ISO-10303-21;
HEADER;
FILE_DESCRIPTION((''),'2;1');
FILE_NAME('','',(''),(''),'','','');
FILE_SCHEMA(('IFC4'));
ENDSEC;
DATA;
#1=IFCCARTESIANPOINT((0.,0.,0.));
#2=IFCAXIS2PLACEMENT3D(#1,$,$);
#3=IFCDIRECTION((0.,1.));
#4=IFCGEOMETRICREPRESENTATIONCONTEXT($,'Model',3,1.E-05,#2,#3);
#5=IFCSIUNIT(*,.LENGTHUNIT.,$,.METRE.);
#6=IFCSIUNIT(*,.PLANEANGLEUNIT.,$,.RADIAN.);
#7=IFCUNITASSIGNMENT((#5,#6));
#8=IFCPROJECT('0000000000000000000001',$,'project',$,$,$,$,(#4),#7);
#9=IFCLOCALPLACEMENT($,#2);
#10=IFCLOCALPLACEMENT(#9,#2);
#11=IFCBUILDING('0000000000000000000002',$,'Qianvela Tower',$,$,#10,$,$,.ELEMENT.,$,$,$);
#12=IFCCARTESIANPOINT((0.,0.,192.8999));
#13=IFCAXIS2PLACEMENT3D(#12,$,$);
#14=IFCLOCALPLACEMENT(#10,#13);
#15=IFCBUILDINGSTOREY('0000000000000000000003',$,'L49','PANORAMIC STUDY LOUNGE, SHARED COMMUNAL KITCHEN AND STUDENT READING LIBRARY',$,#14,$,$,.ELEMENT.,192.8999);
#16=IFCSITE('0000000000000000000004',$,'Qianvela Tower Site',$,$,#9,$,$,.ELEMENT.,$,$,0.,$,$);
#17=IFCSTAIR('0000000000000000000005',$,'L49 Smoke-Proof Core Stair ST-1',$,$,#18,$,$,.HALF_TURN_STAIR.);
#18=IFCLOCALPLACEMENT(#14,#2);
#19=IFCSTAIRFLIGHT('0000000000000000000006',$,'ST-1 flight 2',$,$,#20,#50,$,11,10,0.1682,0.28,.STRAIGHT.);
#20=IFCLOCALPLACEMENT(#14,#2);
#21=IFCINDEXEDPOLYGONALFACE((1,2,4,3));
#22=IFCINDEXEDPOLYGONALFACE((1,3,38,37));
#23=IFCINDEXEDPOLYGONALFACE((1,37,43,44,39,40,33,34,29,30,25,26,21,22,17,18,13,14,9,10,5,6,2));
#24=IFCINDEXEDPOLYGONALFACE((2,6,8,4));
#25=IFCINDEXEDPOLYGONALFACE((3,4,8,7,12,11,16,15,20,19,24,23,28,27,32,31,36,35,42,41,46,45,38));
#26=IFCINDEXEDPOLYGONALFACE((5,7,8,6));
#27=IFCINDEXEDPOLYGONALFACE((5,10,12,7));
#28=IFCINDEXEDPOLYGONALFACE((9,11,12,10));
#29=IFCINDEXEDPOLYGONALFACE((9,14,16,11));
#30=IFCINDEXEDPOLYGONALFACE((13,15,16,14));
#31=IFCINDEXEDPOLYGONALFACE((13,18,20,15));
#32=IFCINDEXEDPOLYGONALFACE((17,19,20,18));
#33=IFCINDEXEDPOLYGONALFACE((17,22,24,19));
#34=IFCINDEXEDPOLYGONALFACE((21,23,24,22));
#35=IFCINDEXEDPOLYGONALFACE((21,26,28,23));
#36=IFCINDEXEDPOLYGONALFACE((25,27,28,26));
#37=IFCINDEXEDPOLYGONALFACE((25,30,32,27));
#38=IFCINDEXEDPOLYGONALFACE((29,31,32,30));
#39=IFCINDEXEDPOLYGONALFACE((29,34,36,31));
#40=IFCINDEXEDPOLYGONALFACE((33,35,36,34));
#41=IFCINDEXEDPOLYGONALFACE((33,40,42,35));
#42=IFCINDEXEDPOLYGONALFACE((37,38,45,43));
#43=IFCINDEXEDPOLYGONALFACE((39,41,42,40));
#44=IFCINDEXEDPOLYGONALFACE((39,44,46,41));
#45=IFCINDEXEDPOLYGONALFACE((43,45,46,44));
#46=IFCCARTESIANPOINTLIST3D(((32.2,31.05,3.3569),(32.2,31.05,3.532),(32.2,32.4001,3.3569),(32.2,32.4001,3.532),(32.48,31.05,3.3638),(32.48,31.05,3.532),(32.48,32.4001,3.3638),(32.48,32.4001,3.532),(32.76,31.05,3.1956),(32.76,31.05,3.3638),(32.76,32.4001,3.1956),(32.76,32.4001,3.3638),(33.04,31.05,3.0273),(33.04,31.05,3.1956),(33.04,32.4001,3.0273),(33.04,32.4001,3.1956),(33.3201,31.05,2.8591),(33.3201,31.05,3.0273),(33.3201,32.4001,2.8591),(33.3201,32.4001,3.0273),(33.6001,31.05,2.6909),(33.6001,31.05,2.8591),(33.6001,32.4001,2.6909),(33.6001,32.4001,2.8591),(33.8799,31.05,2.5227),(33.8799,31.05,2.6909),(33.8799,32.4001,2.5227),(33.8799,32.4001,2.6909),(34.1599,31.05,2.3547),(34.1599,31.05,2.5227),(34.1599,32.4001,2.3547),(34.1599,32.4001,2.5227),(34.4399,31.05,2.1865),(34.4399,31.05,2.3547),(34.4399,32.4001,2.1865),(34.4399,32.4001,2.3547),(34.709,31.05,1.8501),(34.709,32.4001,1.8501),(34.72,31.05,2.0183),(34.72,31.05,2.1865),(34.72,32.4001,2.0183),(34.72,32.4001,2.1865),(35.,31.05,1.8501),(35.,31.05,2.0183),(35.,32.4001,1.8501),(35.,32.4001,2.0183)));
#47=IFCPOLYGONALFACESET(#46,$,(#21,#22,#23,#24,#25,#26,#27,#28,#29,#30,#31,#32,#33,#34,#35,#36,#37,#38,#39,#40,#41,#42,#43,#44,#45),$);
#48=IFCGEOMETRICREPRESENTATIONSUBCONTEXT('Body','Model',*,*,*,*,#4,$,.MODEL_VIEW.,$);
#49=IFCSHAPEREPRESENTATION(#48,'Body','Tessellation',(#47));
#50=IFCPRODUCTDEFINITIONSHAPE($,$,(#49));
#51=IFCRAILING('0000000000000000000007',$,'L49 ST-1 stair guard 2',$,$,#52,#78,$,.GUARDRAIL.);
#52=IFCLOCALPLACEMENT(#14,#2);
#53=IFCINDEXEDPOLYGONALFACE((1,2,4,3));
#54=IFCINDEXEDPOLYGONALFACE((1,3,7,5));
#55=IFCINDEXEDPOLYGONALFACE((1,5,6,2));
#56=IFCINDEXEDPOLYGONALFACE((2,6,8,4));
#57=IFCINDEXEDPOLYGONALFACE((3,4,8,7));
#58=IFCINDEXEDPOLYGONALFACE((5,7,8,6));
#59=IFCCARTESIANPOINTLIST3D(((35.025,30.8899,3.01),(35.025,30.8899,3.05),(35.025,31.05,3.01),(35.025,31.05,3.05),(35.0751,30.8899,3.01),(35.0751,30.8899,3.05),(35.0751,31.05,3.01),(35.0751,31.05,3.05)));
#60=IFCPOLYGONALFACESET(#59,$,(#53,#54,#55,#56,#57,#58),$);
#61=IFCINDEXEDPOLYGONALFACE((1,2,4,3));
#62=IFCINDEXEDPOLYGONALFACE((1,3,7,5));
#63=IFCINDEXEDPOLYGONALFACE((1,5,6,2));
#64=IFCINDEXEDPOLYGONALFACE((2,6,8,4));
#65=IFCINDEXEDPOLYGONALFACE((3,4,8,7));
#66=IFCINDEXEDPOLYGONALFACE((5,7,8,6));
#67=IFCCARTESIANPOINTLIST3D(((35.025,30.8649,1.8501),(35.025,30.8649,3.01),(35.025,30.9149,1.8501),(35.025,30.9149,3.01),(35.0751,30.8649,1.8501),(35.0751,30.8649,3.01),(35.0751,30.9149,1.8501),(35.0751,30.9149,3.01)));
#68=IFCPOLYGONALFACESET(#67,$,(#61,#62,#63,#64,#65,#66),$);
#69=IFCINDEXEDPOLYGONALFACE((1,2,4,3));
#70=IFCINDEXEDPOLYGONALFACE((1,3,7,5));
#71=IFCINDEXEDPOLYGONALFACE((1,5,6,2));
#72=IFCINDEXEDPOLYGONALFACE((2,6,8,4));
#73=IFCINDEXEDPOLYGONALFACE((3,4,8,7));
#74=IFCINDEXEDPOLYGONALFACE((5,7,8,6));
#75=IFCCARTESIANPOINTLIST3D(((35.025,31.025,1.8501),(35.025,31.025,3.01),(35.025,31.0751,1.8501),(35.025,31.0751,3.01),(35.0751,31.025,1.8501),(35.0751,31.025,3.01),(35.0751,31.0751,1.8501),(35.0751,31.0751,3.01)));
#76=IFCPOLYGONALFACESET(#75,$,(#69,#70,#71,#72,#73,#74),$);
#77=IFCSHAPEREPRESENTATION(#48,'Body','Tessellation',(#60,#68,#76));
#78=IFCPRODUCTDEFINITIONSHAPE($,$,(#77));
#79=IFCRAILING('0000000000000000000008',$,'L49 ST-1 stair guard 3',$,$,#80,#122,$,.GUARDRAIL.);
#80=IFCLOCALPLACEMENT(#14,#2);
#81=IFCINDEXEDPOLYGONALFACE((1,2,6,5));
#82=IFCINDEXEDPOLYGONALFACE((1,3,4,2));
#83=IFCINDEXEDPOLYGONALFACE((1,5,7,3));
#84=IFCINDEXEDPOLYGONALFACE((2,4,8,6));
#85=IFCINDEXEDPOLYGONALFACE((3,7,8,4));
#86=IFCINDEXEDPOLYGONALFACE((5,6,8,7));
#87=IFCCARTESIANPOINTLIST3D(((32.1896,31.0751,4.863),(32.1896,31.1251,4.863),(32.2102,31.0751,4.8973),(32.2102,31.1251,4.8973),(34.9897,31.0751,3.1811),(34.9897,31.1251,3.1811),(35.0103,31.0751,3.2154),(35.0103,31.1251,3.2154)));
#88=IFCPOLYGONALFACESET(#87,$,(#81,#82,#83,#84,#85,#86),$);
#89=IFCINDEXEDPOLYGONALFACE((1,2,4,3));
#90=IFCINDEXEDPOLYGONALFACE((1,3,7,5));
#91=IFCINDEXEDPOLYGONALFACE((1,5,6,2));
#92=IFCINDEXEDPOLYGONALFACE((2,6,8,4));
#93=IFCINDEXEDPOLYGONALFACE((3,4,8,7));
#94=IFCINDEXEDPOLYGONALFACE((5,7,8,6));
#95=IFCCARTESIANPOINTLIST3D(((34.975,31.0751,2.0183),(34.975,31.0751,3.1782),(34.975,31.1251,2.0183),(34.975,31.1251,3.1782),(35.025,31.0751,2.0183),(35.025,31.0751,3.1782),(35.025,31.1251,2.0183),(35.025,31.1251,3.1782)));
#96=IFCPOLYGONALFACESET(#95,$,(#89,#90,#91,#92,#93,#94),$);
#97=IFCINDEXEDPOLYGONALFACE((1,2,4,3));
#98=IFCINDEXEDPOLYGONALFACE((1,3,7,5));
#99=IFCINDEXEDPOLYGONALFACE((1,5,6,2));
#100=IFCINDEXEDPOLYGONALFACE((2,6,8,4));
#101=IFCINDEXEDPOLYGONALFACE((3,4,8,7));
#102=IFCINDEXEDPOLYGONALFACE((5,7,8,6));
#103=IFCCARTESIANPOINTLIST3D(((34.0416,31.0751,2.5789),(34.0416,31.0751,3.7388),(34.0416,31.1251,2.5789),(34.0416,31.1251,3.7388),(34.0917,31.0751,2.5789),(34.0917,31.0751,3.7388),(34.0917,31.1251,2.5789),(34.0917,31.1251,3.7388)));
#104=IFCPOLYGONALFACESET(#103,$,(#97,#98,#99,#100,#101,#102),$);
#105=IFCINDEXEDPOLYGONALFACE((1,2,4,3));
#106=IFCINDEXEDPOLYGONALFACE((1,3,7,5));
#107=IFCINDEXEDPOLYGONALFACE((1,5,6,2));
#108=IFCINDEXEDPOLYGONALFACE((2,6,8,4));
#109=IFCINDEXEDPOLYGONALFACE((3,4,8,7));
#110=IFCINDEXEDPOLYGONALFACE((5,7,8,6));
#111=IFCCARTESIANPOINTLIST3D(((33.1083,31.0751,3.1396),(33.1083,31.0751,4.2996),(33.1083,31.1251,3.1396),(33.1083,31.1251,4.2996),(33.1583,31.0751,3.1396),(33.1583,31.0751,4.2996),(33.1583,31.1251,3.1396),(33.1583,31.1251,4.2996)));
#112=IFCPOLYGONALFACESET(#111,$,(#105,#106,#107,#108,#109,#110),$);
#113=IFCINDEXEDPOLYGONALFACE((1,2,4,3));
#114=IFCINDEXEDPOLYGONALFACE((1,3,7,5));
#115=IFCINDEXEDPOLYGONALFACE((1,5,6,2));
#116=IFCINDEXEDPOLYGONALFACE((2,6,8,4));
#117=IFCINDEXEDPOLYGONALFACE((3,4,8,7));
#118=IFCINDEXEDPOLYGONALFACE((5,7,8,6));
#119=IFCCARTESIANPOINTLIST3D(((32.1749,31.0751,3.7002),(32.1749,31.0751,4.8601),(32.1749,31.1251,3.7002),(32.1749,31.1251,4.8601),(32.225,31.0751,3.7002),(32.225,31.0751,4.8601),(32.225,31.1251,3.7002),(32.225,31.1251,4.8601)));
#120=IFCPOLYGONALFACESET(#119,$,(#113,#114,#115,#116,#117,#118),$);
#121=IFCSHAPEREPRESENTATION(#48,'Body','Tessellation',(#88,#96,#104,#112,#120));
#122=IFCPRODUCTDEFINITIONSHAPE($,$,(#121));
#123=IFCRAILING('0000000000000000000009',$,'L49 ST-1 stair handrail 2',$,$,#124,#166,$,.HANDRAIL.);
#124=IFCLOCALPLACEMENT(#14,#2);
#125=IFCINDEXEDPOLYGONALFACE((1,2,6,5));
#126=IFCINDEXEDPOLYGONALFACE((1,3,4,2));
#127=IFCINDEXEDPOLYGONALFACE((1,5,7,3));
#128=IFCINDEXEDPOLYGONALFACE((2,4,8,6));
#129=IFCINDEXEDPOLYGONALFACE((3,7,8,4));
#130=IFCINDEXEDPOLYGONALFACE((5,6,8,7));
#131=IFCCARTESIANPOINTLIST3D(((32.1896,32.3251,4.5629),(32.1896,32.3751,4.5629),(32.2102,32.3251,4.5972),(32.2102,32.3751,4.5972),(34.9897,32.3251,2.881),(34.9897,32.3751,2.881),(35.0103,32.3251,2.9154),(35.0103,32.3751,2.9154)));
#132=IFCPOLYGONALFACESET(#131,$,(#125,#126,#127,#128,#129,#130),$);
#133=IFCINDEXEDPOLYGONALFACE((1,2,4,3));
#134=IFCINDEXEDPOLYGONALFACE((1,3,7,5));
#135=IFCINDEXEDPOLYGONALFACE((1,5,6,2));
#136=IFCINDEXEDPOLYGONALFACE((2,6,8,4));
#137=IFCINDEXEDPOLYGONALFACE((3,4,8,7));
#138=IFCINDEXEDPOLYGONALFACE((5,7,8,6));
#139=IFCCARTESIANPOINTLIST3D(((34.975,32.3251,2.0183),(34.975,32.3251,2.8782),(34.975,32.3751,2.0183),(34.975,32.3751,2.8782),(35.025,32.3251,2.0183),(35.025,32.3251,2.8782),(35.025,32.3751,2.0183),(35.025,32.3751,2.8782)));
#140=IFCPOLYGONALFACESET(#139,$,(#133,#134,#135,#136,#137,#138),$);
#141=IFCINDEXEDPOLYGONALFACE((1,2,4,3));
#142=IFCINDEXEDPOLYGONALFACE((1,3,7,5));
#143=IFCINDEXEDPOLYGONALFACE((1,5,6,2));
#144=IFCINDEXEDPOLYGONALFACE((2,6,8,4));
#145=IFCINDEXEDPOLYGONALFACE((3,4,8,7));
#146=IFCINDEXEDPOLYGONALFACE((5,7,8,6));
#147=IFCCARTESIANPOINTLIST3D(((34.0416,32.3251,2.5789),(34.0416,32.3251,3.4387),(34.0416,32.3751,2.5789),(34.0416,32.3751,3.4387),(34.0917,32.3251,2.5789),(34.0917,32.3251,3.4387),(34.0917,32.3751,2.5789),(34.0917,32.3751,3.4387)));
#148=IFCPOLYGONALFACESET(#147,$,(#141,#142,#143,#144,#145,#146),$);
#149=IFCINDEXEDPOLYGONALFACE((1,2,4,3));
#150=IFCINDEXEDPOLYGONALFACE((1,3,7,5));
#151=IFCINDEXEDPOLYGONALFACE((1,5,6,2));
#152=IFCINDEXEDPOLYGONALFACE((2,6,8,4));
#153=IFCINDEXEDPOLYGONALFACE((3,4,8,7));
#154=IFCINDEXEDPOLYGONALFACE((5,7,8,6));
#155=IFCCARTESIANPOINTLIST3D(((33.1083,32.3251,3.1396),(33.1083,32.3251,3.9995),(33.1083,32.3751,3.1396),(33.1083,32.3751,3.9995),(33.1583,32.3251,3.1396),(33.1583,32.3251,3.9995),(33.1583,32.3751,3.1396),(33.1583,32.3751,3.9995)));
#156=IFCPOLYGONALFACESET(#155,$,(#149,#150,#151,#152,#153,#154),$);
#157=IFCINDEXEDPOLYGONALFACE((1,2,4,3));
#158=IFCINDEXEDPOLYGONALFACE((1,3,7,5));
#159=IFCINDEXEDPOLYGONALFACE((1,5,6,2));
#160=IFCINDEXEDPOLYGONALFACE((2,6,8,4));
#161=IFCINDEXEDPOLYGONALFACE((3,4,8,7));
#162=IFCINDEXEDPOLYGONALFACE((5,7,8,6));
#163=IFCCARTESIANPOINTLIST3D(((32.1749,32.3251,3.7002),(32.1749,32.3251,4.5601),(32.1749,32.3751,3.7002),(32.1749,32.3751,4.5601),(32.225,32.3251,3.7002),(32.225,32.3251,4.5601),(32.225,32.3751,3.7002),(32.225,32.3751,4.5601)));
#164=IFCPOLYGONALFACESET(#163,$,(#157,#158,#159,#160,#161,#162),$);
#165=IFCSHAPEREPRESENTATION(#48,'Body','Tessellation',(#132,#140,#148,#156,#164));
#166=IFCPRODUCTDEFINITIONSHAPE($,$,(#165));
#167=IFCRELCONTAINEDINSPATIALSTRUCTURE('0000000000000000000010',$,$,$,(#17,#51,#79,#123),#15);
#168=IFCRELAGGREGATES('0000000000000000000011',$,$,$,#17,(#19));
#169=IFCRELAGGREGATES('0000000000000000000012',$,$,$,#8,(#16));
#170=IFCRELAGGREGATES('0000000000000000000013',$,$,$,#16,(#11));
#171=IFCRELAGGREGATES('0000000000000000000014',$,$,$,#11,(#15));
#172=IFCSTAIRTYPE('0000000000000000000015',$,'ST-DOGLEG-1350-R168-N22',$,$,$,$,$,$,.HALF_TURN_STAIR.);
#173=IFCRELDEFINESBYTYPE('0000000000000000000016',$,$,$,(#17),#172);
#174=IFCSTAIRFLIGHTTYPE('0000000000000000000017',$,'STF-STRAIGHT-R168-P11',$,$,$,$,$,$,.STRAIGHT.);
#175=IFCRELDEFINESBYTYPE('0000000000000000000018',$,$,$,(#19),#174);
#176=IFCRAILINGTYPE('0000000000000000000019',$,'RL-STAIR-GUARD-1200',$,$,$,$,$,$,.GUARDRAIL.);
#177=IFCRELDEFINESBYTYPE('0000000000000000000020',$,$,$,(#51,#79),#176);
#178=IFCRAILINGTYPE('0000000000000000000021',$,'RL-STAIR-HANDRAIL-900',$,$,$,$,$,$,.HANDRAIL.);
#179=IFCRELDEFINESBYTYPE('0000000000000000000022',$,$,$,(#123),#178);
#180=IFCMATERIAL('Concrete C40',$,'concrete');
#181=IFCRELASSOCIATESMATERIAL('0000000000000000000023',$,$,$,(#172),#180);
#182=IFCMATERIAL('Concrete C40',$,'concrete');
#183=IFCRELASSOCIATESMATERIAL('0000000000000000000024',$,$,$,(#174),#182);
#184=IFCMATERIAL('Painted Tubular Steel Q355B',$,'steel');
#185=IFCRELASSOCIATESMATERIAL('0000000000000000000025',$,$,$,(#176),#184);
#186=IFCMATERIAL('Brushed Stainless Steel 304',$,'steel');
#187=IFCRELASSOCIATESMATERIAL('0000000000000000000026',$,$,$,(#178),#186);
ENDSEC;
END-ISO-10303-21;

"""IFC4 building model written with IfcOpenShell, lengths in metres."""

from ifc_helpers import new_model, si_unit, direction, frame, origin, origin_2d, place, context, subcontext, project, spatial, polyline, rectangle, outline, extrude, material, type_object, element, aggregate, save


model = new_model("IFC4")

# Units and contexts
model_context = context("Model", 3, precision=1e-05, world=origin(), true_north=direction((0.0, 1.0)))
body_context = subcontext(model_context, "Body", "Model", "MODEL_VIEW")
ifc_project = project(units=[si_unit("LENGTHUNIT", "METRE"), si_unit("PLANEANGLEUNIT", "RADIAN")], contexts=[model_context])

# Site, building, storey
site_placement = place(None, origin())
site = spatial("IfcSite", under=ifc_project, at=site_placement, Name="Qianvela Tower Site", CompositionType="ELEMENT", RefElevation=0.0)
building_placement = place(site_placement, origin())
building = spatial("IfcBuilding", under=site, at=building_placement, Name="Qianvela Tower", CompositionType="ELEMENT")
storey_placement = place(building_placement, frame((0.0, 0.0, 192.8999)))
storey = spatial("IfcBuildingStorey", under=building, at=storey_placement, Name="L49", Description="PANORAMIC STUDY LOUNGE, SHARED COMMUNAL KITCHEN AND STUDENT READING LIBRARY", CompositionType="ELEMENT", Elevation=192.8999)

# Stair, stair flight
ifc_material_1 = material(Name="Concrete C40", Category="concrete")
stair_type = type_object("IfcStairType", Name="ST-DOGLEG-1350-R168-N22", PredefinedType="HALF_TURN_STAIR", material=ifc_material_1)
stair_placement = place(storey_placement, origin())
stair = element("IfcStair", 1, at=stair_placement, inside=storey, type_object=stair_type, Name="L49 Smoke-Proof Core Stair ST-1", PredefinedType="HALF_TURN_STAIR")
ifc_material_2 = material(Name="Concrete C40", Category="concrete")
stair_flight_type = type_object("IfcStairFlightType", Name="STF-STRAIGHT-R168-P11", PredefinedType="STRAIGHT", material=ifc_material_2)
stair_flight_placement = place(storey_placement, frame((35.0, 31.7251, 1.8501), z_axis=(0.0, 0.0, 1.0), x_axis=(-1.0, 0.0, 0.0)))
stair_flight = element("IfcStairFlight", 2, at=stair_flight_placement, type_object=stair_flight_type, Name="ST-1 flight 2", NumberOfRisers=11, NumberOfTreads=10, PredefinedType="STRAIGHT", RiserHeight=0.1682, TreadLength=0.28, context=body_context, shape_type="SweptSolid", body=[
    extrude(outline(polyline([(0.0, 0.0), (0.0, 0.1682), (0.28, 0.1682), (0.28, 0.3364), (0.5601, 0.3364), (0.5601, 0.5046), (0.8401, 0.5046), (0.8401, 0.6726), (1.1201, 0.6726), (1.1201, 0.8408), (1.3999, 0.8408), (1.3999, 1.009), (1.6799, 1.009), (1.6799, 1.1772), (1.96, 1.1772), (1.96, 1.3455), (2.24, 1.3455), (2.24, 1.5137), (2.52, 1.5137), (2.52, 1.6819), (2.8, 1.6819), (2.8, 1.8501), (2.8, 1.5068), (0.291, 0.0), (0.0, 0.0)])), frame((0.0, 0.675, 0.0), z_axis=(0.0, -1.0, 0.0), x_axis=(1.0, 0.0, 0.0)), (0.0, 0.0, 1.0), 1.3501),
])
aggregate(stair, [stair_flight])

# Railings
ifc_material_3 = material(Name="Painted Tubular Steel Q355B", Category="steel")
railing_type_1 = type_object("IfcRailingType", Name="RL-STAIR-GUARD-1200", PredefinedType="GUARDRAIL", material=ifc_material_3)
railing_1_placement = place(storey_placement, frame((35.05, 30.8899, 1.8501)))
element("IfcRailing", 3, at=railing_1_placement, inside=storey, type_object=railing_type_1, Name="L49 ST-1 stair guard 2", PredefinedType="GUARDRAIL", context=body_context, shape_type="SweptSolid", body=[
    extrude(rectangle(XDim=0.05, YDim=0.04, at=origin_2d()), frame((0.0, 0.0, 1.1799), z_axis=(0.0, 1.0, 0.0), x_axis=(-1.0, 0.0, 0.0)), (0.0, 0.0, 1.0), 0.1602),
    extrude(rectangle(XDim=0.05, YDim=0.05, at=origin_2d()), origin(), (0.0, 0.0, 1.0), 1.1599),
    extrude(rectangle(XDim=0.05, YDim=0.05, at=origin_2d()), frame((0.0, 0.1602, 0.0)), (0.0, 0.0, 1.0), 1.1599),
])
railing_2_placement = place(storey_placement, frame((35.0, 31.1001, 2.0183)))
element("IfcRailing", 4, at=railing_2_placement, inside=storey, type_object=railing_type_1, Name="L49 ST-1 stair guard 3", PredefinedType="GUARDRAIL", context=body_context, shape_type="SweptSolid", body=[
    extrude(rectangle(XDim=0.05, YDim=0.04, at=origin_2d()), frame((0.0, 0.0, 1.1799), z_axis=(-0.857242, 0.0, 0.514913), x_axis=(0.0, -1.0, 0.0)), (0.0, 0.0, 1.0), 3.2664),
    extrude(rectangle(XDim=0.05, YDim=0.05, at=origin_2d()), origin(), (0.0, 0.0, 1.0), 1.1599),
    extrude(rectangle(XDim=0.05, YDim=0.05, at=origin_2d()), frame((-0.9333, 0.0, 0.5605)), (0.0, 0.0, 1.0), 1.1599),
    extrude(rectangle(XDim=0.05, YDim=0.05, at=origin_2d()), frame((-1.8667, 0.0, 1.1213)), (0.0, 0.0, 1.0), 1.1599),
    extrude(rectangle(XDim=0.05, YDim=0.05, at=origin_2d()), frame((-2.8, 0.0, 1.6819)), (0.0, 0.0, 1.0), 1.1599),
])
ifc_material_4 = material(Name="Brushed Stainless Steel 304", Category="steel")
railing_type_2 = type_object("IfcRailingType", Name="RL-STAIR-HANDRAIL-900", PredefinedType="HANDRAIL", material=ifc_material_4)
railing_3_placement = place(storey_placement, frame((35.0, 32.3501, 2.0183)))
element("IfcRailing", 5, at=railing_3_placement, inside=storey, type_object=railing_type_2, Name="L49 ST-1 stair handrail 2", PredefinedType="HANDRAIL", context=body_context, shape_type="SweptSolid", body=[
    extrude(rectangle(XDim=0.05, YDim=0.04, at=origin_2d()), frame((0.0, 0.0, 0.8799), z_axis=(-0.857242, 0.0, 0.514913), x_axis=(0.0, -1.0, 0.0)), (0.0, 0.0, 1.0), 3.2664),
    extrude(rectangle(XDim=0.05, YDim=0.05, at=origin_2d()), origin(), (0.0, 0.0, 1.0), 0.8599),
    extrude(rectangle(XDim=0.05, YDim=0.05, at=origin_2d()), frame((-0.9333, 0.0, 0.5605)), (0.0, 0.0, 1.0), 0.8599),
    extrude(rectangle(XDim=0.05, YDim=0.05, at=origin_2d()), frame((-1.8667, 0.0, 1.1213)), (0.0, 0.0, 1.0), 0.8599),
    extrude(rectangle(XDim=0.05, YDim=0.05, at=origin_2d()), frame((-2.8, 0.0, 1.6819)), (0.0, 0.0, 1.0), 0.8599),
])

save(model, "model.ifc")
